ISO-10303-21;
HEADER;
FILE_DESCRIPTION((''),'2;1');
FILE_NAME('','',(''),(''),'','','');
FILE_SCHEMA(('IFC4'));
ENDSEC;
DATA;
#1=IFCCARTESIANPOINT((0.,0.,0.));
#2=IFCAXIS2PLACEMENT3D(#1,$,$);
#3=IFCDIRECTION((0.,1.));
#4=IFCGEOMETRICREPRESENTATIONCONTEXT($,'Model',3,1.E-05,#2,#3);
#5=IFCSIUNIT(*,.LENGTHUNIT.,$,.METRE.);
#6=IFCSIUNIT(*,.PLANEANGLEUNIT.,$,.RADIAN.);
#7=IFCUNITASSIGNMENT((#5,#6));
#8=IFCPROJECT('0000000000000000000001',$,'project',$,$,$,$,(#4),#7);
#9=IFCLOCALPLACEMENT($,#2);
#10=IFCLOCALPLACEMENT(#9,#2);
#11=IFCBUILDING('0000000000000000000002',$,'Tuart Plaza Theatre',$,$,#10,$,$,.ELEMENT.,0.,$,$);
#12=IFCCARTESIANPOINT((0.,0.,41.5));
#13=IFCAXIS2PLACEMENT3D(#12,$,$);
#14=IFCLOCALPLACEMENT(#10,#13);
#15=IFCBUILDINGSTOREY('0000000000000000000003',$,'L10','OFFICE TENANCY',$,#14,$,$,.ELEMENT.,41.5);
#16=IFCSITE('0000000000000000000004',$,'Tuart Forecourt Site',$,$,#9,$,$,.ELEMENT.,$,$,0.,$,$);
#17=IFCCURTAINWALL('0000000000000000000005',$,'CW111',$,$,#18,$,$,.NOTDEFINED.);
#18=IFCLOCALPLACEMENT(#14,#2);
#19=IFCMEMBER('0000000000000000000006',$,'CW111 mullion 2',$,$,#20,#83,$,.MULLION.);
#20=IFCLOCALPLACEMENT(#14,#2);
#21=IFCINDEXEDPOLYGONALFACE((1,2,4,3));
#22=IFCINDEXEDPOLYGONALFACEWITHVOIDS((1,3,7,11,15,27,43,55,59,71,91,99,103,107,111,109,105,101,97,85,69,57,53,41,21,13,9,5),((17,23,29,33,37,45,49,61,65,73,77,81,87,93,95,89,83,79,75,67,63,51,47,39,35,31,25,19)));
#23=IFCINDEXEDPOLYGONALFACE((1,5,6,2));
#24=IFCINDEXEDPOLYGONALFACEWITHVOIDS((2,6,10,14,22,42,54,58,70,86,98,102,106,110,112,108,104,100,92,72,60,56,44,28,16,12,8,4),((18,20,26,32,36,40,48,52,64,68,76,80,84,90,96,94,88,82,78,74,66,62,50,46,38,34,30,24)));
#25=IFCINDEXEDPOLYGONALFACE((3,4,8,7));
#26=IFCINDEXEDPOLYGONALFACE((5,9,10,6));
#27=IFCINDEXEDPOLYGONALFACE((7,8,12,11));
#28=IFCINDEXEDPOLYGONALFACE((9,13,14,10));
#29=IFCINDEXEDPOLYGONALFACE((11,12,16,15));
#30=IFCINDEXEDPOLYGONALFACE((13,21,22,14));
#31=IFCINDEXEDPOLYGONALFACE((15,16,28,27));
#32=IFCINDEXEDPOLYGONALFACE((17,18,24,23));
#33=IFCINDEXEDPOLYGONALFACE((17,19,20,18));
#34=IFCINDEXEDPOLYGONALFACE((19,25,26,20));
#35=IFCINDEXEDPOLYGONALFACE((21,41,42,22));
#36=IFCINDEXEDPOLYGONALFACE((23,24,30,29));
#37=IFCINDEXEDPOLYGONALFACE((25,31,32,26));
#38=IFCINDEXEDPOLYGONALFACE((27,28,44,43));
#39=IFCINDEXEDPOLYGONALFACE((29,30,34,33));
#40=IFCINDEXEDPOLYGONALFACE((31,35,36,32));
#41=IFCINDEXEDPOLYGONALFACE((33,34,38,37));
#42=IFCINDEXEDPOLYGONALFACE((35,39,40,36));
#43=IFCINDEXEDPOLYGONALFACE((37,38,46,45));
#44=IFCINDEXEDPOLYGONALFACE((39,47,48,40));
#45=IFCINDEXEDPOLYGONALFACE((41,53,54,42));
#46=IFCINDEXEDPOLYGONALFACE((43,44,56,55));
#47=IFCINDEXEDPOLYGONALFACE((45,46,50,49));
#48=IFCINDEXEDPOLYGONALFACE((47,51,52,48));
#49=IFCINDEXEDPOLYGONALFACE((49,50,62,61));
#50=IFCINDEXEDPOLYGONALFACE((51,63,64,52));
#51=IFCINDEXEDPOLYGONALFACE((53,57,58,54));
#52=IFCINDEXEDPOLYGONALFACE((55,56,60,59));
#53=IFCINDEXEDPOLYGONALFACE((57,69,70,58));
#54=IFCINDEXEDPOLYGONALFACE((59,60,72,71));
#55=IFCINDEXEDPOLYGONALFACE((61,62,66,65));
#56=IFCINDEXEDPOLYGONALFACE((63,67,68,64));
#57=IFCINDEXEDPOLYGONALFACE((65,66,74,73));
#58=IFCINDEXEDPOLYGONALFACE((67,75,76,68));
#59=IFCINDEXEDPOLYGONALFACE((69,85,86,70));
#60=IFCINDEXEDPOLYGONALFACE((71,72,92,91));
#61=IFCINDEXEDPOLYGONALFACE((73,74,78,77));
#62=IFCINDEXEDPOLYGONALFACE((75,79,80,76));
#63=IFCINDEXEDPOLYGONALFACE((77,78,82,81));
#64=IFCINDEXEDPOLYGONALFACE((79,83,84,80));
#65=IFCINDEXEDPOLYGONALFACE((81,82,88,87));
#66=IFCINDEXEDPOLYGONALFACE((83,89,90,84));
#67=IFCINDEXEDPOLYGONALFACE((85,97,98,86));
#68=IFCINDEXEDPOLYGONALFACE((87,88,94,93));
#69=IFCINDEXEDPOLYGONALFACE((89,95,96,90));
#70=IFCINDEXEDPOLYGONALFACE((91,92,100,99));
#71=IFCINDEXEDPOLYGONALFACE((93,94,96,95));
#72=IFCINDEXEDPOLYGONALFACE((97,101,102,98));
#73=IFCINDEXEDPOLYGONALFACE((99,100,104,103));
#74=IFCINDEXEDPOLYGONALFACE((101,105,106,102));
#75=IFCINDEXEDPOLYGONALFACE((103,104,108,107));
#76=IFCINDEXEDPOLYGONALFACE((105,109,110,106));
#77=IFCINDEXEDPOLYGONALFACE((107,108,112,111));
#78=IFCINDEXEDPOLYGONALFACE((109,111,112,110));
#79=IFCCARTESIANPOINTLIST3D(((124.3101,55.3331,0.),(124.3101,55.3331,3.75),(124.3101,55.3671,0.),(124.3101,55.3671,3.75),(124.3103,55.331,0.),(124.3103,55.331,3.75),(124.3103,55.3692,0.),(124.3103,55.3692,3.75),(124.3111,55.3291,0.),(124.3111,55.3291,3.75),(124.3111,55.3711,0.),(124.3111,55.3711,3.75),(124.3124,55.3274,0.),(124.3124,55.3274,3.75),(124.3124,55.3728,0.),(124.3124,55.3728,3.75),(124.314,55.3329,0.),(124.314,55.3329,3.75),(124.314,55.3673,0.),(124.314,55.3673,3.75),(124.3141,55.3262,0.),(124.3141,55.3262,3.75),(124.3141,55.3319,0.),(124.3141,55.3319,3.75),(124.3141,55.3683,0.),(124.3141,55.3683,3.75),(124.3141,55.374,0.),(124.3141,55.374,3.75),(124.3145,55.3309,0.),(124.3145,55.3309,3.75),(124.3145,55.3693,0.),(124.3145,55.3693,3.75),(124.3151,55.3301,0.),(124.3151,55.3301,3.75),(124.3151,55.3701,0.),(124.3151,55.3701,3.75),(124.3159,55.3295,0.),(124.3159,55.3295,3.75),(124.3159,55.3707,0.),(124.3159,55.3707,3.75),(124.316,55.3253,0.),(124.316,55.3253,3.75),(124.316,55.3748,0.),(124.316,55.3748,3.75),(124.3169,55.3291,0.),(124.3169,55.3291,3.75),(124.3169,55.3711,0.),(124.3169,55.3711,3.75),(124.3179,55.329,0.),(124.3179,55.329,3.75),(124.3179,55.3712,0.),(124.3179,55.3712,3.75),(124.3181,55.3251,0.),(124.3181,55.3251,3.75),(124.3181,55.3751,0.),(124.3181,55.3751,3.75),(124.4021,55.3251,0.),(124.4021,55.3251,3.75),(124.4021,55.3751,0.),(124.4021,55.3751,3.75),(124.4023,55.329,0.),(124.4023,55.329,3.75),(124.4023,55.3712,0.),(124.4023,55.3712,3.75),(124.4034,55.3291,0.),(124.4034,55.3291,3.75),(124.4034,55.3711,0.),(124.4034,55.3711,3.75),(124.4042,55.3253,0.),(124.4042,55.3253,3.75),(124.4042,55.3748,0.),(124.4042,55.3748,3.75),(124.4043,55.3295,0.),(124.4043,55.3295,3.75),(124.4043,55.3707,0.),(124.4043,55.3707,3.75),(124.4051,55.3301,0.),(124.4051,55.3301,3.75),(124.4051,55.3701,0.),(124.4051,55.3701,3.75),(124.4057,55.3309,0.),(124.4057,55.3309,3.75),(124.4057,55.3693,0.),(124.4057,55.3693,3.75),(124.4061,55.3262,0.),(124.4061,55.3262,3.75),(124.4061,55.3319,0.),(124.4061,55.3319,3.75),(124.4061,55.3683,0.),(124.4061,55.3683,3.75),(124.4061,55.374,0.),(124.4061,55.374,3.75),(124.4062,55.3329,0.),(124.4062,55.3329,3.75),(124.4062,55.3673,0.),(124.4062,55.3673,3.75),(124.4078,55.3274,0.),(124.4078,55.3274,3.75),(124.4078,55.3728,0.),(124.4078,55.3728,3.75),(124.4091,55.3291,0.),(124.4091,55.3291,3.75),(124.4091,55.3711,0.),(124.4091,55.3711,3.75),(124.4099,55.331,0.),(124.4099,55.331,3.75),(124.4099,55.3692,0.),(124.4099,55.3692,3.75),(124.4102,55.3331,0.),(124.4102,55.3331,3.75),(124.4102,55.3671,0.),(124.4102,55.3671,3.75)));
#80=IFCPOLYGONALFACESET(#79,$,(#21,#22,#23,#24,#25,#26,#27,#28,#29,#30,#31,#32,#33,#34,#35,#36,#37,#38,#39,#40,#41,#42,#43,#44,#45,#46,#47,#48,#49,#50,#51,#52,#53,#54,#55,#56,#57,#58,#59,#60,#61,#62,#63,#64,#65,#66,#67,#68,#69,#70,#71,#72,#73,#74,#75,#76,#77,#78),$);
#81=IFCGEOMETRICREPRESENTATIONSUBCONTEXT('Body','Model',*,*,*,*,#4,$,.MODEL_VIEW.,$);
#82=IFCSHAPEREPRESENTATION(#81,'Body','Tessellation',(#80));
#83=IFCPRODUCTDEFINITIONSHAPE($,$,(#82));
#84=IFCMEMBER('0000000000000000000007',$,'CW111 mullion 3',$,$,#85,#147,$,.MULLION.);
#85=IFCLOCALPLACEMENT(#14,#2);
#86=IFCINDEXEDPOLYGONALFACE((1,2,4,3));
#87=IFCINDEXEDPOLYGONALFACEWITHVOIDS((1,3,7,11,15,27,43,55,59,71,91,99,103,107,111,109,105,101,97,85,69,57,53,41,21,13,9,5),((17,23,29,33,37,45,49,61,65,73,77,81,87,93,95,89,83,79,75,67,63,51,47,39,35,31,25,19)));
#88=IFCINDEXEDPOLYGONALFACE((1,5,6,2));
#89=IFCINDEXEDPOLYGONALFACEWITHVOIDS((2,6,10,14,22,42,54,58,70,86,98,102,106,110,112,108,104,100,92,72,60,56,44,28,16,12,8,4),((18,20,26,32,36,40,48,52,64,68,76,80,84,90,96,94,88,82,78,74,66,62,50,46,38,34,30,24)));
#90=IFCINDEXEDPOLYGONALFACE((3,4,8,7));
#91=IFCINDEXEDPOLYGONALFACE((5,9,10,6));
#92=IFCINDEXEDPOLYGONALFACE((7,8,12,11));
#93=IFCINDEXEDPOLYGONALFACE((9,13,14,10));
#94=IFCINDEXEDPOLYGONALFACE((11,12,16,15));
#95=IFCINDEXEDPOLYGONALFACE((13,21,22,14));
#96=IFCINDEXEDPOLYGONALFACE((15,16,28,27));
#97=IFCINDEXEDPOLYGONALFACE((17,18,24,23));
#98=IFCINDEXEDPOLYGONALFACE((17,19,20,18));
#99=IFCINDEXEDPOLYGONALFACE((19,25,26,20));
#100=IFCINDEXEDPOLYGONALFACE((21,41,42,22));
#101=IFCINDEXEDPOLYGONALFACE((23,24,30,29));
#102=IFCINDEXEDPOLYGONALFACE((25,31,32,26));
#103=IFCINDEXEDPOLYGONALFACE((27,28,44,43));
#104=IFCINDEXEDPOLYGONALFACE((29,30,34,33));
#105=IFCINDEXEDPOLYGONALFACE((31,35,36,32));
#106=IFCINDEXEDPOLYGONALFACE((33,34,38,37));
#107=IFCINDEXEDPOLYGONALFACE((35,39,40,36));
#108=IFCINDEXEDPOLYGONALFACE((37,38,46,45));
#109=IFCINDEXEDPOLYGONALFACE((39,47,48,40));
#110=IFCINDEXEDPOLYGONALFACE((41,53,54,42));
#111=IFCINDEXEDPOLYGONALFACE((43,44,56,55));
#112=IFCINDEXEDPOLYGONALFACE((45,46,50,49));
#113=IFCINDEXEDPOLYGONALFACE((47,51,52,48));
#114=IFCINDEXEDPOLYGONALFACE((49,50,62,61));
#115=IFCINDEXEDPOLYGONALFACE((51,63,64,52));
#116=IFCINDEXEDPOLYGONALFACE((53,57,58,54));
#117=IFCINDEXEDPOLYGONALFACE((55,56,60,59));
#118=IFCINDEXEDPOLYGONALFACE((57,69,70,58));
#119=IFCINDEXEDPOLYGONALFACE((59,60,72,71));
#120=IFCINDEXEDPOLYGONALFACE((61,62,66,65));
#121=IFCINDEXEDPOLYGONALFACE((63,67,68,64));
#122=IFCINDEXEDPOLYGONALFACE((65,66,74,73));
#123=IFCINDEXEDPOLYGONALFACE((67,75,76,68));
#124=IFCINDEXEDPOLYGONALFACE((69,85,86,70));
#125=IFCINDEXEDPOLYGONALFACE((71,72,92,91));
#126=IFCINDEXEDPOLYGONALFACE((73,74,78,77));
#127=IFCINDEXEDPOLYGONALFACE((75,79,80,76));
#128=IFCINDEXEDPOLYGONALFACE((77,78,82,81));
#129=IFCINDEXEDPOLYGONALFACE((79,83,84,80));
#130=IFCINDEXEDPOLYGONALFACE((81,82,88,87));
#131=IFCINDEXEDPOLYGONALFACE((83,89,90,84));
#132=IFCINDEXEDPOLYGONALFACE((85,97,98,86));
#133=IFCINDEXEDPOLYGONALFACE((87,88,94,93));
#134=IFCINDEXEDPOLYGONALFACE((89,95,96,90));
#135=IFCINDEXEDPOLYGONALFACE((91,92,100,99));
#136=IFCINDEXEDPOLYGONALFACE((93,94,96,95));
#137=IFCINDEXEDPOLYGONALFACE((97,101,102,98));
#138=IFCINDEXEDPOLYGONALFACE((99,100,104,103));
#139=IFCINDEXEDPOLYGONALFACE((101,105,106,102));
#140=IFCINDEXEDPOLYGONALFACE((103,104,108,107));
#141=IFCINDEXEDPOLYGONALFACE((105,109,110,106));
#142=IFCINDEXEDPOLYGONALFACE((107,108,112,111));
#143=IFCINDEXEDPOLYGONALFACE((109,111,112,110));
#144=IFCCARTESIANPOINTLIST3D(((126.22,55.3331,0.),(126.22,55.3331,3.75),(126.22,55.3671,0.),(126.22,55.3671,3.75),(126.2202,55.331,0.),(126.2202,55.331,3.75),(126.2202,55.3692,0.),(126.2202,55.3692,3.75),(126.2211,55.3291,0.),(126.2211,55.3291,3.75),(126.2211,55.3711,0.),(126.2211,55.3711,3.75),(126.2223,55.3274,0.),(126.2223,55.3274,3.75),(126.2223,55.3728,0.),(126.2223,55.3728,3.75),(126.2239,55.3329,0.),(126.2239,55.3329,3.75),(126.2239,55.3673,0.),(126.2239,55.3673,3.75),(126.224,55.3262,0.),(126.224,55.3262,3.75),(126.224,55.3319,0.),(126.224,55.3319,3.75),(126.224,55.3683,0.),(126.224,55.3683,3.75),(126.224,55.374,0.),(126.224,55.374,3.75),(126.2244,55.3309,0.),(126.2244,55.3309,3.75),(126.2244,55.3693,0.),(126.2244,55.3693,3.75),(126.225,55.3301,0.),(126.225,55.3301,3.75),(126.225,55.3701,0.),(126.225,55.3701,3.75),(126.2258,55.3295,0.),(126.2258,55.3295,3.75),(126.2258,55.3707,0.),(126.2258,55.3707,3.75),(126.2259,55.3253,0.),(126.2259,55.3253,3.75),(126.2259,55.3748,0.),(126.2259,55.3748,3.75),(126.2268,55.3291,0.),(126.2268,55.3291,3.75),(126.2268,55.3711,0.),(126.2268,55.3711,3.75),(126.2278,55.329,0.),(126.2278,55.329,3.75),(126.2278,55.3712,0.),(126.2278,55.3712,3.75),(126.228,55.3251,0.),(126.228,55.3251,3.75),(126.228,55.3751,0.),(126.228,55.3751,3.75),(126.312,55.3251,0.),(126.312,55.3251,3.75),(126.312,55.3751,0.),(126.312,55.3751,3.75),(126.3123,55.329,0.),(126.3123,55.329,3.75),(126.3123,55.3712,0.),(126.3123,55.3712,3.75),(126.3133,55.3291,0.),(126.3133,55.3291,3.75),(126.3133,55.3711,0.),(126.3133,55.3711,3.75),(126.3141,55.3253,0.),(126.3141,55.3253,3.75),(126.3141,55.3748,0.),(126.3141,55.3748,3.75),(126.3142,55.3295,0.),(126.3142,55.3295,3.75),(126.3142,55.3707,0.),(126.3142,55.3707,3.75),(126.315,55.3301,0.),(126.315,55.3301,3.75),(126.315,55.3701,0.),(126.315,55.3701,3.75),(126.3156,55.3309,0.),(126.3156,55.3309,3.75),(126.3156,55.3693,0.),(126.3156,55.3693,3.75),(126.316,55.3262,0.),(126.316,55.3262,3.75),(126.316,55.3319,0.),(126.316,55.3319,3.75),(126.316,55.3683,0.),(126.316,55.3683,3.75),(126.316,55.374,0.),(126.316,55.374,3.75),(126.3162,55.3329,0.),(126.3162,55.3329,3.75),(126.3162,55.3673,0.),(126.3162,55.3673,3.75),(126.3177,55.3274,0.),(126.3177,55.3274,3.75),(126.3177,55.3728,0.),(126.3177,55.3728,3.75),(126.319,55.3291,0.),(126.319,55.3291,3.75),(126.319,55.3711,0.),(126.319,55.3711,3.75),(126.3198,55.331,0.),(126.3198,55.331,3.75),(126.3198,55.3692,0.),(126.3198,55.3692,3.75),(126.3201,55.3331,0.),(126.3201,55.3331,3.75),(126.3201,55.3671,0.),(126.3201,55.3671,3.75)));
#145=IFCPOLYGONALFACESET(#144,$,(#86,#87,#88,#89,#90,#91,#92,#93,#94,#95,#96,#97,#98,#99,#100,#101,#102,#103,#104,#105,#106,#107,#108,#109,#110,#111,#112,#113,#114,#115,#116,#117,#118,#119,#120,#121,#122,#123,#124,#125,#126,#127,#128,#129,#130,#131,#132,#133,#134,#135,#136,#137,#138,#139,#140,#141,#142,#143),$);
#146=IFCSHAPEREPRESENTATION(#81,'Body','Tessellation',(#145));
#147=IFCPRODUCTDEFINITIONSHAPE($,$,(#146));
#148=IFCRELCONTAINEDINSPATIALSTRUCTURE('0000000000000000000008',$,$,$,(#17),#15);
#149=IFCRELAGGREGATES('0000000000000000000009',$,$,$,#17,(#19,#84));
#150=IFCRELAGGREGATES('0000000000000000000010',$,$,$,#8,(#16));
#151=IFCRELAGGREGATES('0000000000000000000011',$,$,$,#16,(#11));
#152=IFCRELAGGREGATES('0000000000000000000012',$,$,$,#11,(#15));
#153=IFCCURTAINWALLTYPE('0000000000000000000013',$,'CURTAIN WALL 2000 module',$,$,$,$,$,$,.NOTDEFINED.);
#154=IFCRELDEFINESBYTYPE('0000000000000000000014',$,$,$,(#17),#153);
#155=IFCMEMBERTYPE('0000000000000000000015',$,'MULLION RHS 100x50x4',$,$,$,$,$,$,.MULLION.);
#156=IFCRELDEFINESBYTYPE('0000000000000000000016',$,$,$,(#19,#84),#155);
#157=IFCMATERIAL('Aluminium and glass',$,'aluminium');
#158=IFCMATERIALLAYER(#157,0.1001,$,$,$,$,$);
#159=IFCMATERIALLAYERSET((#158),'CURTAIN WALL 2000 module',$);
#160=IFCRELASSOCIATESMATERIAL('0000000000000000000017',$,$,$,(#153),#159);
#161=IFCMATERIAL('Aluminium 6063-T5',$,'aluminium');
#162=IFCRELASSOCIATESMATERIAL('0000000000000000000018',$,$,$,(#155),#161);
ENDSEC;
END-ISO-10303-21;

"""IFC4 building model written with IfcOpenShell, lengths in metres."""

from ifc_helpers import new_model, si_unit, direction, frame, origin, origin_2d, place, context, subcontext, project, spatial, hollow_rectangle, extrude, material, layer, layer_set, material_profile, profile_set, type_object, element, aggregate, save


model = new_model("IFC4")

# Units and contexts
model_context = context("Model", 3, precision=1e-05, world=origin(), true_north=direction((0.0, 1.0)))
body_context = subcontext(model_context, "Body", "Model", "MODEL_VIEW")
ifc_project = project(units=[si_unit("LENGTHUNIT", "METRE"), si_unit("PLANEANGLEUNIT", "RADIAN")], contexts=[model_context])

# Site, building, storey
site_placement = place(None, origin())
site = spatial("IfcSite", under=ifc_project, at=site_placement, Name="Tuart Forecourt Site", CompositionType="ELEMENT", RefElevation=0.0)
building_placement = place(site_placement, origin())
building = spatial("IfcBuilding", under=site, at=building_placement, Name="Tuart Plaza Theatre", CompositionType="ELEMENT", ElevationOfRefHeight=0.0)
storey_placement = place(building_placement, frame((0.0, 0.0, 41.5)))
storey = spatial("IfcBuildingStorey", under=building, at=storey_placement, Name="L10", Description="OFFICE TENANCY", CompositionType="ELEMENT", Elevation=41.5)

# Shared definitions
ifc_material_1 = material(Name="Aluminium and glass", Category="aluminium")
ifc_layer_1 = layer(ifc_material_1, 0.1001)
ifc_layer_set_1 = layer_set([ifc_layer_1], Name="CURTAIN WALL 2000 module")
curtain_wall_type = type_object("IfcCurtainWallType", Name="CURTAIN WALL 2000 module", PredefinedType="NOTDEFINED", material=ifc_layer_set_1)
ifc_material_2 = material(Name="Aluminium 6063-T5", Category="aluminium")
ifc_material_profile_1 = material_profile(ifc_material_2, hollow_rectangle(XDim=0.05, YDim=0.1001, WallThickness=0.0039, InnerFilletRadius=0.0039, OuterFilletRadius=0.0081, at=origin_2d()), Name="RHS 100x50x4")
ifc_profile_set_1 = profile_set([ifc_material_profile_1], Name="Aluminium 6063-T5")
member_type_1 = type_object("IfcMemberType", Name="MULLION RHS 100x50x4", PredefinedType="MULLION", material=ifc_profile_set_1)

# Curtain wall, members
curtain_wall_1_placement = place(storey_placement, origin())
curtain_wall_1 = element("IfcCurtainWall", 1, at=curtain_wall_1_placement, inside=storey, type_object=curtain_wall_type, Name="CW111", PredefinedType="NOTDEFINED")
member_1_placement = place(storey_placement, frame((124.3601, 55.3501, 0.0), z_axis=(0.0, 0.0, 1.0), x_axis=(0.0, 1.0, 0.0)))
member_1 = element("IfcMember", 2, at=member_1_placement, type_object=member_type_1, Name="CW111 mullion 2", PredefinedType="MULLION", context=body_context, shape_type="SweptSolid", body=[
    extrude(hollow_rectangle(XDim=0.05, YDim=0.1001, WallThickness=0.0039, InnerFilletRadius=0.0039, OuterFilletRadius=0.0081, at=origin_2d()), origin(), (0.0, 0.0, 1.0), 3.75),
])
member_2_placement = place(storey_placement, frame((126.27, 55.3501, 0.0), z_axis=(0.0, 0.0, 1.0), x_axis=(0.0, 1.0, 0.0)))
member_2 = element("IfcMember", 3, at=member_2_placement, type_object=member_type_1, Name="CW111 mullion 3", PredefinedType="MULLION", context=body_context, shape_type="SweptSolid", body=[
    extrude(hollow_rectangle(XDim=0.05, YDim=0.1001, WallThickness=0.0039, InnerFilletRadius=0.0039, OuterFilletRadius=0.0081, at=origin_2d()), origin(), (0.0, 0.0, 1.0), 3.75),
])

aggregate(curtain_wall_1, [member_1, member_2])

save(model, "model.ifc")
